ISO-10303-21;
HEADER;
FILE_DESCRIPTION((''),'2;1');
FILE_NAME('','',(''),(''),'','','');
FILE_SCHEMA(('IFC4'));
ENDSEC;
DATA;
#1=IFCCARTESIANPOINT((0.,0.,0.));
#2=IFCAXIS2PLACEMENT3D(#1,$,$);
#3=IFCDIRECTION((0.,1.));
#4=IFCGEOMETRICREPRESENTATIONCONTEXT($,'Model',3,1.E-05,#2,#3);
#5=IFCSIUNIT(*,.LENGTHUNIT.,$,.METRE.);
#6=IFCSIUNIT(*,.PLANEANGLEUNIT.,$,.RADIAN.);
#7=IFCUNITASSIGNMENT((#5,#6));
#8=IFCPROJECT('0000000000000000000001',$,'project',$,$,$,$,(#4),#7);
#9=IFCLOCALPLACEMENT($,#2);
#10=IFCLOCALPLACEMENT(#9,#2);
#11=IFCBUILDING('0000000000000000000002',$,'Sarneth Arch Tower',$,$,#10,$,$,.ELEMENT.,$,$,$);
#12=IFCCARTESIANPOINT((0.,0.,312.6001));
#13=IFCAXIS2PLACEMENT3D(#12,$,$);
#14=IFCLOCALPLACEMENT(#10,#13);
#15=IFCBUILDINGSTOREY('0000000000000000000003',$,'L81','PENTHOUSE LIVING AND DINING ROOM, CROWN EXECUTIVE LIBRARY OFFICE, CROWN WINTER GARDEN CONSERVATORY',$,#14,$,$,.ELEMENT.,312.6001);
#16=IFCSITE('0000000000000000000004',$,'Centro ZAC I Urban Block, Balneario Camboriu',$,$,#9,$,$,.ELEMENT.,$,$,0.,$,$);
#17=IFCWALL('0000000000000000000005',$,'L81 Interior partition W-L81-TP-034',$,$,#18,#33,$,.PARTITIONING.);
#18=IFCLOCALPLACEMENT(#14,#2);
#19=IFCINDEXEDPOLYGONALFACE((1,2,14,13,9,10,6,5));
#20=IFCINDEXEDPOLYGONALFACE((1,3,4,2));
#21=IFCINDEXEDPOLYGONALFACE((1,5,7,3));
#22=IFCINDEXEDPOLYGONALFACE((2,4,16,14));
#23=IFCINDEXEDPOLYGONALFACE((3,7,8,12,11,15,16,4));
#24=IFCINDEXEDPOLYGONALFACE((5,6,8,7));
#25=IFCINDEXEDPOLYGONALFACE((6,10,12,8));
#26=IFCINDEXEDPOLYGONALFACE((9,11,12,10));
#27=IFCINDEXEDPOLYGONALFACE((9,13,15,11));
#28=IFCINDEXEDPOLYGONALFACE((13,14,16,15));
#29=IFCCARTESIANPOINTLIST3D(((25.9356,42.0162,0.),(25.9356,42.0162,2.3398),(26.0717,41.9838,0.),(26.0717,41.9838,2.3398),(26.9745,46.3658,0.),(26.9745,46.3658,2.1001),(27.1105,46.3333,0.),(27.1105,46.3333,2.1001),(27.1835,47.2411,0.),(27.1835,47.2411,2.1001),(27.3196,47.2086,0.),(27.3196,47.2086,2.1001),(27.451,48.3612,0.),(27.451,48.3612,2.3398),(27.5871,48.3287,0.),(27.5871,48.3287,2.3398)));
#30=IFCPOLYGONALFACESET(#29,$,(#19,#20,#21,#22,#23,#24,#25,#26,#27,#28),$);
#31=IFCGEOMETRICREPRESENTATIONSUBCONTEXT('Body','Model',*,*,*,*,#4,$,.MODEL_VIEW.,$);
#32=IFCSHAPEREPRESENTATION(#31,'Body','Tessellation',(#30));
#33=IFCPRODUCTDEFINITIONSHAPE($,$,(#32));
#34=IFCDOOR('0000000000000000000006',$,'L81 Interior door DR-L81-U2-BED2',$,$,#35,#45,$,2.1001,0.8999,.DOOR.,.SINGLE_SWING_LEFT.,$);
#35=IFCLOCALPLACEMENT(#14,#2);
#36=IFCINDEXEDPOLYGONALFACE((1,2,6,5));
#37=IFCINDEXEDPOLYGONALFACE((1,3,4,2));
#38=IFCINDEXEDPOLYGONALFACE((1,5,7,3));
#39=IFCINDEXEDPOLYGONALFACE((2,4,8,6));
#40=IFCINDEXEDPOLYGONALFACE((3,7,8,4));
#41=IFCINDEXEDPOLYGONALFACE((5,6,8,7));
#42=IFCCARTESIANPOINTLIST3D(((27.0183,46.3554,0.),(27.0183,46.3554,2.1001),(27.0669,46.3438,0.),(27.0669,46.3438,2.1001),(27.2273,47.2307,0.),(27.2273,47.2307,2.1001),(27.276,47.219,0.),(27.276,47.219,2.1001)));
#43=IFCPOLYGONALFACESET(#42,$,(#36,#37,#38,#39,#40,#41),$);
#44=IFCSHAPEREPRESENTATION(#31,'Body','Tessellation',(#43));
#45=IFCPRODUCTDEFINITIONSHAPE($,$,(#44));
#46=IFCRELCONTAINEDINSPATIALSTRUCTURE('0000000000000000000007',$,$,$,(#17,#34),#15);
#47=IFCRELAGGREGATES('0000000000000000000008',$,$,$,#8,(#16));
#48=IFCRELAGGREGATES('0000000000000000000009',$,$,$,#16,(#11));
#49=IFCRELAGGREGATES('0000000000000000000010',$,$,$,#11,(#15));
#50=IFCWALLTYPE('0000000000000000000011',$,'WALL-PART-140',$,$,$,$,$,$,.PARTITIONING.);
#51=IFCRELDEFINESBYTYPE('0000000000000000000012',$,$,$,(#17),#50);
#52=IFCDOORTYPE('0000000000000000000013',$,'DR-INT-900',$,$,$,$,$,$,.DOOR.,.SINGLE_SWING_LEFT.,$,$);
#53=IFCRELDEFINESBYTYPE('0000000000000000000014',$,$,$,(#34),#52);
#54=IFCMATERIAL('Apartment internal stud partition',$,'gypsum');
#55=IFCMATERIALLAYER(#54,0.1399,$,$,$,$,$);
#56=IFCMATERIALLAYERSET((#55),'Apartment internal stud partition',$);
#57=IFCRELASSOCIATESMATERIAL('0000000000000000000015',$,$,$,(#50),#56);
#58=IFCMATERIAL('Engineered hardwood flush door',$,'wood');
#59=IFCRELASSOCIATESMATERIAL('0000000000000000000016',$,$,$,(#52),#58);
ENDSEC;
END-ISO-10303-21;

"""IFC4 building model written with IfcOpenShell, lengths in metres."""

from ifc_helpers import new_model, si_unit, direction, frame, frame_2d, origin, place, context, subcontext, project, spatial, rectangle, extrude, material, layer, layer_set, type_object, element, fill, save


model = new_model("IFC4")

# Units and contexts
model_context = context("Model", 3, precision=1e-05, world=origin(), true_north=direction((0.0, 1.0)))
body_context = subcontext(model_context, "Body", "Model", "MODEL_VIEW")
ifc_project = project(units=[si_unit("LENGTHUNIT", "METRE"), si_unit("PLANEANGLEUNIT", "RADIAN")], contexts=[model_context])

# Site, building, storey
site_placement = place(None, origin())
site = spatial("IfcSite", under=ifc_project, at=site_placement, Name="Centro ZAC I Urban Block, Balneario Camboriu", CompositionType="ELEMENT", RefElevation=0.0)
building_placement = place(site_placement, origin())
building = spatial("IfcBuilding", under=site, at=building_placement, Name="Sarneth Arch Tower", CompositionType="ELEMENT")
storey_placement = place(building_placement, frame((0.0, 0.0, 312.6001)))
storey = spatial("IfcBuildingStorey", under=building, at=storey_placement, Name="L81", Description="PENTHOUSE LIVING AND DINING ROOM, CROWN EXECUTIVE LIBRARY OFFICE, CROWN WINTER GARDEN CONSERVATORY", CompositionType="ELEMENT", Elevation=312.6001)

# Wall, opening, door
ifc_material_1 = material(Name="Apartment internal stud partition", Category="gypsum")
ifc_layer_1 = layer(ifc_material_1, 0.1399)
ifc_layer_set_1 = layer_set([ifc_layer_1], Name="Apartment internal stud partition")
wall_type_1 = type_object("IfcWallType", Name="WALL-PART-140", PredefinedType="PARTITIONING", material=ifc_layer_set_1)
ifc_material_2 = material(Name="Engineered hardwood flush door", Category="wood")
door_type_1 = type_object("IfcDoorType", Name="DR-INT-900", OperationType="SINGLE_SWING_LEFT", PredefinedType="DOOR", material=ifc_material_2)
wall_1_placement = place(storey_placement, frame((26.0037, 42.0, 0.0), z_axis=(0.0, 0.0, 1.0), x_axis=(0.232298, 0.972645, 0.0)))
wall_1 = element("IfcWall", 1, at=wall_1_placement, inside=storey, type_object=wall_type_1, Name="L81 Interior partition W-L81-TP-034", PredefinedType="PARTITIONING", context=body_context, shape_type="SweptSolid", body=[
    extrude(rectangle(XDim=6.5234, YDim=0.1399, at=frame_2d((3.2617, 0.0))), origin(), (0.0, 0.0, 1.0), 2.3398),
])
opening_1_placement = place(wall_1_placement, frame((4.4719, 0.0, 0.0)))
opening_1 = element("IfcOpeningElement", 2, at=opening_1_placement, cuts=wall_1, PredefinedType="OPENING", context=body_context, shape_type="SweptSolid", body=[
    extrude(rectangle(XDim=0.8999, YDim=2.1001, at=frame_2d((0.45, 1.05))), frame((0.0, 0.0798, 0.0), z_axis=(0.0, -1.0, 0.0), x_axis=(1.0, 0.0, 0.0)), (0.0, 0.0, 1.0), 0.1599),
])
door_1_placement = place(opening_1_placement, origin())
door_1 = element("IfcDoor", 3, at=door_1_placement, inside=storey, type_object=door_type_1, Name="L81 Interior door DR-L81-U2-BED2", OperationType="SINGLE_SWING_LEFT", OverallHeight=2.1001, OverallWidth=0.8999, PredefinedType="DOOR", context=body_context, shape_type="SweptSolid", body=[
    extrude(rectangle(XDim=0.8999, YDim=2.1001, at=frame_2d((0.45, 1.05))), frame((0.0, 0.0249, 0.0), z_axis=(0.0, -1.0, 0.0), x_axis=(1.0, 0.0, 0.0)), (0.0, 0.0, 1.0), 0.05),
])
fill(opening_1, door_1)

save(model, "model.ifc")
